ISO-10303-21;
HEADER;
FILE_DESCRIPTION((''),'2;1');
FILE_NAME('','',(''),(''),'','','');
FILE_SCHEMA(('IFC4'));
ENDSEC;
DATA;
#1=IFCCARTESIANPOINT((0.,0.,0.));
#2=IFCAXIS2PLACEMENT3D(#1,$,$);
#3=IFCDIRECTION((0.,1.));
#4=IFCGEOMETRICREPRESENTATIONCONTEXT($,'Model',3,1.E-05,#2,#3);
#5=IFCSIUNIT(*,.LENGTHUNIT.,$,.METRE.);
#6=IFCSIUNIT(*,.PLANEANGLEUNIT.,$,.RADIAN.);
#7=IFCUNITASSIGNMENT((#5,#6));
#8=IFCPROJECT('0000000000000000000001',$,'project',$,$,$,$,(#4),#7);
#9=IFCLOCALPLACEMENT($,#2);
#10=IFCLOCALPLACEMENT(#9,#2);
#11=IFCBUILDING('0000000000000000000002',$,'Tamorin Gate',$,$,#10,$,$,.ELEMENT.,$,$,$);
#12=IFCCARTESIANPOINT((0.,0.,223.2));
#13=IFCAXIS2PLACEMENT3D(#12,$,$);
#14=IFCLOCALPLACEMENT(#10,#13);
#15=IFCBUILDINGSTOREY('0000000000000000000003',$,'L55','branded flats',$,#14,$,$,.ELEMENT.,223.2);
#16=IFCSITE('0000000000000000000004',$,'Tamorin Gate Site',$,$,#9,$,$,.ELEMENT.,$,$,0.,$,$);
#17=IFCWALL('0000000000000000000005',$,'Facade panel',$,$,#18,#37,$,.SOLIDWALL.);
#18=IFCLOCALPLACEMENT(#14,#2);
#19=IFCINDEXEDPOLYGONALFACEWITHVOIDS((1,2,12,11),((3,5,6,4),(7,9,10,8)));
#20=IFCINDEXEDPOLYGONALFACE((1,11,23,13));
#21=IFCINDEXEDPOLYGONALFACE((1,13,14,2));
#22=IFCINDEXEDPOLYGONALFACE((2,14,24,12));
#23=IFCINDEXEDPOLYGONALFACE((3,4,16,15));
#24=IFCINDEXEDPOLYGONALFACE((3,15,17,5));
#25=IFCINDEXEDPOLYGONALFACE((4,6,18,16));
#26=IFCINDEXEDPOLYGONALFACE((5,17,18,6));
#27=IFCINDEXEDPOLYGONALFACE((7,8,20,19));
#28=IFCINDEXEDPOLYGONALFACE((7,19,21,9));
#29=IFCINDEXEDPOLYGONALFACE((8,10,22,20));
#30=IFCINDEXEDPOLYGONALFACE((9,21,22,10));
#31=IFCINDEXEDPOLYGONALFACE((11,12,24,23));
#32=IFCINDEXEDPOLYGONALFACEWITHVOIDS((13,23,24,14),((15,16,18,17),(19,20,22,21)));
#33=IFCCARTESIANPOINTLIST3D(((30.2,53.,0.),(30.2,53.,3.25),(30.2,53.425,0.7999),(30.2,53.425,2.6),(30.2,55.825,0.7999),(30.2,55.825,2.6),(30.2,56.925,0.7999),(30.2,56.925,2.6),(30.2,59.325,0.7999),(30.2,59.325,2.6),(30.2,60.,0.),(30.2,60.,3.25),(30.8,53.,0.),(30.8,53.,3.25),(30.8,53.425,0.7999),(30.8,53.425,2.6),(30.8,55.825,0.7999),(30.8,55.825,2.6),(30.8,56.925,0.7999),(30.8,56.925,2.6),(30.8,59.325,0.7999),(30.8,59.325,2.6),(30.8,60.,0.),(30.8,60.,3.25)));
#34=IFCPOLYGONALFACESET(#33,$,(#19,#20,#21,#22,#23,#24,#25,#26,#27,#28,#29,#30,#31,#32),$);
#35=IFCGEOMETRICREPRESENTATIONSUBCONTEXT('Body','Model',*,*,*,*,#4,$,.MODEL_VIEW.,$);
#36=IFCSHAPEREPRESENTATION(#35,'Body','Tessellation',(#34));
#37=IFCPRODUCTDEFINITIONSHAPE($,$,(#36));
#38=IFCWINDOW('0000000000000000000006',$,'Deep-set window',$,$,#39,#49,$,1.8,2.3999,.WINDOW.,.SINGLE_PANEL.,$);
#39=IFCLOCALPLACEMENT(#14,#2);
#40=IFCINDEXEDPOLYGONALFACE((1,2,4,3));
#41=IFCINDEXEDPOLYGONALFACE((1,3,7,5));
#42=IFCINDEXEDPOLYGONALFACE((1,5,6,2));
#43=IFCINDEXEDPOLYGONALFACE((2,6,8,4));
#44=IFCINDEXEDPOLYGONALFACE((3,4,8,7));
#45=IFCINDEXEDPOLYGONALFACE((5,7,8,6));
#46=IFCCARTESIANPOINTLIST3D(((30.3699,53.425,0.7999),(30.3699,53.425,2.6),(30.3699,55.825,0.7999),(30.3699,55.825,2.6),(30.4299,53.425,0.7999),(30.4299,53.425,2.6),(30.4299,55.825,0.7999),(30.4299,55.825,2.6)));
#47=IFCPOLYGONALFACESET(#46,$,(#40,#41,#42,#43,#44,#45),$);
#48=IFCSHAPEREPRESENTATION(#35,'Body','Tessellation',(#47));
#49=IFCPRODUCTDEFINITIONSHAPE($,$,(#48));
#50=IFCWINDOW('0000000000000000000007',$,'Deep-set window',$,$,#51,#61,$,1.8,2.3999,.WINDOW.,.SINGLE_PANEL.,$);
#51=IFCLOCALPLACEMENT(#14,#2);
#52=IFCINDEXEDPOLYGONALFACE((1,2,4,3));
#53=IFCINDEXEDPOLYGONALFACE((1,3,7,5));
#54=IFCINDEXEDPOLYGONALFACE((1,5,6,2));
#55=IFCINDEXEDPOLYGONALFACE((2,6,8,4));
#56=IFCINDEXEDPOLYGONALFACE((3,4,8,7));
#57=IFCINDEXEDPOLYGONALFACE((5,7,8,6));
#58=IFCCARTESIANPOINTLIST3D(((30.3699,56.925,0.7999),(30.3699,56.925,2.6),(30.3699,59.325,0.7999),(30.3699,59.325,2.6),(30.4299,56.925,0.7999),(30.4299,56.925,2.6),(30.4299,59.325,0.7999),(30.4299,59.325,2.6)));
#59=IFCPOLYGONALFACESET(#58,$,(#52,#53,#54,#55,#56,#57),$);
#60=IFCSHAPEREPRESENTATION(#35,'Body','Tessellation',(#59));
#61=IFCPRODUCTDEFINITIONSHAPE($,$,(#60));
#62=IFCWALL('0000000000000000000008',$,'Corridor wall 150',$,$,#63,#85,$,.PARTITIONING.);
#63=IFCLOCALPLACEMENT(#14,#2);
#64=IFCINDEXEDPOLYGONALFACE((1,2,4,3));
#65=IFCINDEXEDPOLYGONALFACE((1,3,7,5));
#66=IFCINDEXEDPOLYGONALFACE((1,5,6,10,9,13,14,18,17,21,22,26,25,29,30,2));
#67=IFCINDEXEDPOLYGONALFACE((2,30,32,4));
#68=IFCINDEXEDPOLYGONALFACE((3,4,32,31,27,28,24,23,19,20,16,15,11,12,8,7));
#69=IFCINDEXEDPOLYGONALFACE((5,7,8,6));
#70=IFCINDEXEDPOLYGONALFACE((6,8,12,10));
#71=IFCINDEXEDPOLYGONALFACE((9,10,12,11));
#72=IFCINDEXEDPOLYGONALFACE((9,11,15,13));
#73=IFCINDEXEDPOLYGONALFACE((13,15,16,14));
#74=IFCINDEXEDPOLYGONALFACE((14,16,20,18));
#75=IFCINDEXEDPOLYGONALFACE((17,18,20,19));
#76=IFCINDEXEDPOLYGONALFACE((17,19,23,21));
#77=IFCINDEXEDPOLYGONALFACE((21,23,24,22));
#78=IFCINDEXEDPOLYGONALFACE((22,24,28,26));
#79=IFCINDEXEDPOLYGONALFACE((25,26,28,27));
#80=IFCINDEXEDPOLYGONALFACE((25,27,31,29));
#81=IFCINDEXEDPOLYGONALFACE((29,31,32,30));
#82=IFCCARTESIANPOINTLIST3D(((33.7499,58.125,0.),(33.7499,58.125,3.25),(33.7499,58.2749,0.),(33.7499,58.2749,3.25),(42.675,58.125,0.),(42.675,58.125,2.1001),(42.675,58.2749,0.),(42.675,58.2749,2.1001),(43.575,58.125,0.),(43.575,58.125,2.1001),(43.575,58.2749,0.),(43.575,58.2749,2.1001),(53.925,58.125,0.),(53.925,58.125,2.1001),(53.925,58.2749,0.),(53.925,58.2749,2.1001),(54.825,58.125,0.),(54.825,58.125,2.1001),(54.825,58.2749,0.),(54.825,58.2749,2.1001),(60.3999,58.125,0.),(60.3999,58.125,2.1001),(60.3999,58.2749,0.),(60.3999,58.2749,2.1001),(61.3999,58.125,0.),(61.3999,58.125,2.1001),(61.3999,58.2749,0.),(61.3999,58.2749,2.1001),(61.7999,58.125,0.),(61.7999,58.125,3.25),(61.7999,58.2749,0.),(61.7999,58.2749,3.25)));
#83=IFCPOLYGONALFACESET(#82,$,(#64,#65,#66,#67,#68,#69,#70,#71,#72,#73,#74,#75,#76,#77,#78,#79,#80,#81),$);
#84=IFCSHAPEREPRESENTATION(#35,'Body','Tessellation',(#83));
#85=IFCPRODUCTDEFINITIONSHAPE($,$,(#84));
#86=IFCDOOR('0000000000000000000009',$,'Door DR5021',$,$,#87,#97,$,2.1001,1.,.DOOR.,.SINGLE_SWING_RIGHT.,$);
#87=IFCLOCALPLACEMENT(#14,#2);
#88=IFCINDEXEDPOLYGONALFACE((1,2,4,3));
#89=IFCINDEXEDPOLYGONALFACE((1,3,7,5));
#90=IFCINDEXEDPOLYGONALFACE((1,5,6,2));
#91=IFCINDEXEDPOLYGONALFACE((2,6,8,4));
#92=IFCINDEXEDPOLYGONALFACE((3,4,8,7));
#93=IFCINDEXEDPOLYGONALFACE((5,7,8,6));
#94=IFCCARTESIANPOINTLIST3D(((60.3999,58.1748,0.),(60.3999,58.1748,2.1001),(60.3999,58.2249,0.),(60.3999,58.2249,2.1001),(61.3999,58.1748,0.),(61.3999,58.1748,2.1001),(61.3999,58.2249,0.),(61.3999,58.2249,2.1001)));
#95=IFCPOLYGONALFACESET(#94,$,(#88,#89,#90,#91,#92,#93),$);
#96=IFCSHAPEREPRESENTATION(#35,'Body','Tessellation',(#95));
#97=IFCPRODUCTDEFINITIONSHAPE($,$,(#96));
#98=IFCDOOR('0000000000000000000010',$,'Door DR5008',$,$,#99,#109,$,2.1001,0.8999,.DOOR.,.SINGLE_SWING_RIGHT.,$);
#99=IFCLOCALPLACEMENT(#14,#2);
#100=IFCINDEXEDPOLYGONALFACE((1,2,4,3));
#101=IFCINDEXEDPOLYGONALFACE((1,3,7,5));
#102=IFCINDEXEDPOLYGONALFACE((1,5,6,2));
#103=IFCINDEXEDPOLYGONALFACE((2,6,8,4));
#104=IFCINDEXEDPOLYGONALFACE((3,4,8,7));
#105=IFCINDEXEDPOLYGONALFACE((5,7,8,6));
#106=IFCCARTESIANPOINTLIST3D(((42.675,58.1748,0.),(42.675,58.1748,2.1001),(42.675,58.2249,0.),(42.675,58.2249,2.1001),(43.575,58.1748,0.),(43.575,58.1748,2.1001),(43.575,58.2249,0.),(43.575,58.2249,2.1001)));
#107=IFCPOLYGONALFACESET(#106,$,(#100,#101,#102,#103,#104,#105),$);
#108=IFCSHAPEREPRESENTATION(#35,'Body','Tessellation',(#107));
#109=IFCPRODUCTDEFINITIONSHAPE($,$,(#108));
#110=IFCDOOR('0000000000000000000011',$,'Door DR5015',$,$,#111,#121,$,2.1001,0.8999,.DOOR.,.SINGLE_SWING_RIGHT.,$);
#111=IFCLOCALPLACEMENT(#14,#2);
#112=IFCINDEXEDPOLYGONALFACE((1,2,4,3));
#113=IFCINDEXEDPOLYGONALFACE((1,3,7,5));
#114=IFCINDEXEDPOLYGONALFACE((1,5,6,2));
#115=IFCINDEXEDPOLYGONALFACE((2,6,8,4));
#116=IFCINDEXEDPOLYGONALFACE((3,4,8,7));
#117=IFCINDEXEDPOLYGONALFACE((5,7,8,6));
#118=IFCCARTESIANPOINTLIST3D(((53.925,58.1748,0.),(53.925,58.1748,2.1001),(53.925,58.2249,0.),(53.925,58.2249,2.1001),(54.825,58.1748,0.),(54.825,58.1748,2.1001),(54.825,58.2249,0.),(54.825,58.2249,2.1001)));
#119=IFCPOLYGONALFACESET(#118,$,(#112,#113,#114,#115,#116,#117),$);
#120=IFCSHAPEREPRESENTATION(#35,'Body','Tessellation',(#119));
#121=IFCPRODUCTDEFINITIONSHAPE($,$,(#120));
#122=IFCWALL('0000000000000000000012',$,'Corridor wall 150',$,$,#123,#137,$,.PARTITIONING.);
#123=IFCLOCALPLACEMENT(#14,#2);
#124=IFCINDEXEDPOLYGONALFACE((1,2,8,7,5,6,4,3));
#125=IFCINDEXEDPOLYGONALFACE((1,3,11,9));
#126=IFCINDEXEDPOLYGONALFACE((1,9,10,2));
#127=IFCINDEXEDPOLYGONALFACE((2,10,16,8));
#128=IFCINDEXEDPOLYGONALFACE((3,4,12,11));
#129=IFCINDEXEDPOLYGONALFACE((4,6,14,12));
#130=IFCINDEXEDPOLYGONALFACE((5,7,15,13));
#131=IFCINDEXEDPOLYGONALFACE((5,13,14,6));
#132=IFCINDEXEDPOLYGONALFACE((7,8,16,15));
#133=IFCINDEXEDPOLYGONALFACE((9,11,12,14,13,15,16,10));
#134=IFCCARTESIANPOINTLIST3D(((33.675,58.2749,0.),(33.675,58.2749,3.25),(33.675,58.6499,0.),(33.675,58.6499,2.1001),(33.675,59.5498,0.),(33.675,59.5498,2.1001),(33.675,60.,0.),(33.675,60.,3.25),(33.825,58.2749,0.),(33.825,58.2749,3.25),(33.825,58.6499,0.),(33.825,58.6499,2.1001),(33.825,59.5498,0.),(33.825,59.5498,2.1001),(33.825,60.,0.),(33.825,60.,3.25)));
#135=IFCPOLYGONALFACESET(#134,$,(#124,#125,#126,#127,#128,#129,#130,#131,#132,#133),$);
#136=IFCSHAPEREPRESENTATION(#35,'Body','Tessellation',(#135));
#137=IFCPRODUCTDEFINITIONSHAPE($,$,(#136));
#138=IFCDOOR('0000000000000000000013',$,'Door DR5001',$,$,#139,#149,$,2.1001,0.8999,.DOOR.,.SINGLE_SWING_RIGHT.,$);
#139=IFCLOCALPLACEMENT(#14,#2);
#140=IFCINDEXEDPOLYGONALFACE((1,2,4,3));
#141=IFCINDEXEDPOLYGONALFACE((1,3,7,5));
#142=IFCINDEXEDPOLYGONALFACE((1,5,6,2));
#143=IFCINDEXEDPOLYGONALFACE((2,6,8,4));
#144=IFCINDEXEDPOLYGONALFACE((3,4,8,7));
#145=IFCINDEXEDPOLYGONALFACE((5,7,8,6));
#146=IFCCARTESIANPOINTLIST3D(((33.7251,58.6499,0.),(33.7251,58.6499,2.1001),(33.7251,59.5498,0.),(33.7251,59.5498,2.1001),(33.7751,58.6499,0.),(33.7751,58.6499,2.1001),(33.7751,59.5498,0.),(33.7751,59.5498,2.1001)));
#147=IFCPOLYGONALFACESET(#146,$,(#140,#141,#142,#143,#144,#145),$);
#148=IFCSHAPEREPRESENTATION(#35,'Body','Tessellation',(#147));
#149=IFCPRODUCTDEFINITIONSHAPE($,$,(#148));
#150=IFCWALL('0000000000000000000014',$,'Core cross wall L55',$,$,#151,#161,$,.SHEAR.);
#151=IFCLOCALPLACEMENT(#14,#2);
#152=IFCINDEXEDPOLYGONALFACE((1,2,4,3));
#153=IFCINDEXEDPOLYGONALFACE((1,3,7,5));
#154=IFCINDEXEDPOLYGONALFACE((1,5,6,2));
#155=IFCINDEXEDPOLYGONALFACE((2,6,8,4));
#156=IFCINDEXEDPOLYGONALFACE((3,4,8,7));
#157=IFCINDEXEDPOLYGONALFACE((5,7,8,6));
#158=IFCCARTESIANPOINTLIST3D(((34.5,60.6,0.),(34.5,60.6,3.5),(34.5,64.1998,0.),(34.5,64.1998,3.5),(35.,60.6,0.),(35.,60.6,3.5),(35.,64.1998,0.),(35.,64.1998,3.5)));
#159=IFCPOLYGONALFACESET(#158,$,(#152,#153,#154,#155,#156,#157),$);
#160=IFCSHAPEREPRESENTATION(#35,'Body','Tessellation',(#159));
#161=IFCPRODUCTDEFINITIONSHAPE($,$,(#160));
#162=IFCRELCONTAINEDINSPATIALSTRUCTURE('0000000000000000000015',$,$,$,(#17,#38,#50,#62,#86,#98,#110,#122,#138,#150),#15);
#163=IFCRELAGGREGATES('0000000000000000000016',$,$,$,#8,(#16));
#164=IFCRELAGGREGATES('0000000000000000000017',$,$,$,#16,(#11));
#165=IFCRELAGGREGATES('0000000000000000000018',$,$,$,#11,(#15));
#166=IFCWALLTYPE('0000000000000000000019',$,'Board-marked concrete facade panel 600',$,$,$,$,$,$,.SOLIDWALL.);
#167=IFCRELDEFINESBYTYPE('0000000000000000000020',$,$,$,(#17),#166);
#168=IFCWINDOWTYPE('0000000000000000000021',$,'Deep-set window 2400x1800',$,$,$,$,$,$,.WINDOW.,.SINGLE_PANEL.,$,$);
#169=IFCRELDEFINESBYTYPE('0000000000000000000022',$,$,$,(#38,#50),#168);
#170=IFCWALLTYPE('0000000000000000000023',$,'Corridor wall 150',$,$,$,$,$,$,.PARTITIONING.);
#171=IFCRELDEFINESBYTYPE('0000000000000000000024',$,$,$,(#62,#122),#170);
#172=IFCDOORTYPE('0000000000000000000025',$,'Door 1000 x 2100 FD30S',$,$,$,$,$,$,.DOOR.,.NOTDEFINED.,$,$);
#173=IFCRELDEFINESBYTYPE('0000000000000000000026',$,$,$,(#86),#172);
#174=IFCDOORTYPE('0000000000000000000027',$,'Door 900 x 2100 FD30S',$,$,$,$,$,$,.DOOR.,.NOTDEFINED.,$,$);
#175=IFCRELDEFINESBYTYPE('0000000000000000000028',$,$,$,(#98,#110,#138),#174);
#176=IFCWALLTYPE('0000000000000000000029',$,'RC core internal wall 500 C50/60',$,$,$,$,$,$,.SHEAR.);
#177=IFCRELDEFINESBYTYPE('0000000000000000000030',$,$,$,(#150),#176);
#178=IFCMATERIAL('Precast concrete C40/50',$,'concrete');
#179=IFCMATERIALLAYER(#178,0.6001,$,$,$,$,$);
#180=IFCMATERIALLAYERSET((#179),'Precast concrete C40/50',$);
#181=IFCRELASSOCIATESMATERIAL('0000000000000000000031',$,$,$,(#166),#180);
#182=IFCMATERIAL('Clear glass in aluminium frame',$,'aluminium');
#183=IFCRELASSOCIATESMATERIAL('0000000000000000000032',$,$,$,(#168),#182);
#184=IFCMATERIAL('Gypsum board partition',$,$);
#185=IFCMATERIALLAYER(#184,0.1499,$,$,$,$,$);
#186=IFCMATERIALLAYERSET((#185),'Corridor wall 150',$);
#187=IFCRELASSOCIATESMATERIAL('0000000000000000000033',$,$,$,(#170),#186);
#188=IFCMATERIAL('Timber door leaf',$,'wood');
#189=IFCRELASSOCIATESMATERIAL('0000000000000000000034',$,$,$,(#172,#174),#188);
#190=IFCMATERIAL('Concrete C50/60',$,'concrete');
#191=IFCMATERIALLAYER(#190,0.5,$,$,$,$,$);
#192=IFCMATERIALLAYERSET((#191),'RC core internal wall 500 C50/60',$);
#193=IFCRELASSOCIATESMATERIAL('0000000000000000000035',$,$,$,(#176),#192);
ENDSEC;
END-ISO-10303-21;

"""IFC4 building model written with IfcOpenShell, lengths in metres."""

from ifc_helpers import new_model, si_unit, direction, frame, frame_2d, origin, place, context, subcontext, project, spatial, rectangle, extrude, material, layer, layer_set, type_object, element, fill, save


model = new_model("IFC4")

# Units and contexts
model_context = context("Model", 3, precision=1e-05, world=origin(), true_north=direction((0.0, 1.0)))
body_context = subcontext(model_context, "Body", "Model", "MODEL_VIEW")
ifc_project = project(units=[si_unit("LENGTHUNIT", "METRE"), si_unit("PLANEANGLEUNIT", "RADIAN")], contexts=[model_context])

# Site, building, storey
site_placement = place(None, origin())
site = spatial("IfcSite", under=ifc_project, at=site_placement, Name="Tamorin Gate Site", CompositionType="ELEMENT", RefElevation=0.0)
building_placement = place(site_placement, origin())
building = spatial("IfcBuilding", under=site, at=building_placement, Name="Tamorin Gate", CompositionType="ELEMENT")
storey_placement = place(building_placement, frame((0.0, 0.0, 223.2)))
storey = spatial("IfcBuildingStorey", under=building, at=storey_placement, Name="L55", Description="branded flats", CompositionType="ELEMENT", Elevation=223.2)

# Wall, openings, windows
ifc_material_1 = material(Name="Precast concrete C40/50", Category="concrete")
ifc_layer_1 = layer(ifc_material_1, 0.6001)
ifc_layer_set_1 = layer_set([ifc_layer_1], Name="Precast concrete C40/50")
wall_type_1 = type_object("IfcWallType", Name="Board-marked concrete facade panel 600", PredefinedType="SOLIDWALL", material=ifc_layer_set_1)
wall_1_placement = place(storey_placement, frame((30.5, 60.0, 0.0), z_axis=(0.0, 0.0, 1.0), x_axis=(0.0, -1.0, 0.0)))
wall_1 = element("IfcWall", 1, at=wall_1_placement, inside=storey, type_object=wall_type_1, Name="Facade panel", PredefinedType="SOLIDWALL", context=body_context, shape_type="SweptSolid", body=[
    extrude(rectangle(XDim=7.0, YDim=0.6001, at=frame_2d((3.5, 0.0))), origin(), (0.0, 0.0, 1.0), 3.25),
])
opening_1_placement = place(wall_1_placement, frame((4.175, 0.0, 0.8)))
opening_1 = element("IfcOpeningElement", 2, at=opening_1_placement, cuts=wall_1, PredefinedType="OPENING", context=body_context, shape_type="SweptSolid", body=[
    extrude(rectangle(XDim=2.3999, YDim=1.8, at=frame_2d((1.2, 0.8999))), frame((0.0, 0.3101, 0.0), z_axis=(0.0, -1.0, 0.0), x_axis=(1.0, 0.0, 0.0)), (0.0, 0.0, 1.0), 0.6201),
])
opening_2_placement = place(wall_1_placement, frame((0.675, 0.0, 0.8)))
opening_2 = element("IfcOpeningElement", 3, at=opening_2_placement, cuts=wall_1, PredefinedType="OPENING", context=body_context, shape_type="SweptSolid", body=[
    extrude(rectangle(XDim=2.3999, YDim=1.8, at=frame_2d((1.2, 0.8999))), frame((0.0, 0.3101, 0.0), z_axis=(0.0, -1.0, 0.0), x_axis=(1.0, 0.0, 0.0)), (0.0, 0.0, 1.0), 0.6201),
])
ifc_material_2 = material(Name="Clear glass in aluminium frame", Category="aluminium")
window_type = type_object("IfcWindowType", Name="Deep-set window 2400x1800", PartitioningType="SINGLE_PANEL", PredefinedType="WINDOW", material=ifc_material_2)
window_1_placement = place(opening_1_placement, origin())
window_1 = element("IfcWindow", 4, at=window_1_placement, inside=storey, type_object=window_type, Name="Deep-set window", OverallHeight=1.8, OverallWidth=2.3999, PartitioningType="SINGLE_PANEL", PredefinedType="WINDOW", context=body_context, shape_type="SweptSolid", body=[
    extrude(rectangle(XDim=2.3999, YDim=1.8, at=frame_2d((1.2, 0.8999))), frame((0.0, -0.0701, 0.0), z_axis=(0.0, -1.0, 0.0), x_axis=(1.0, 0.0, 0.0)), (0.0, 0.0, 1.0), 0.0601),
])
fill(opening_1, window_1)
window_2_placement = place(opening_2_placement, origin())
window_2 = element("IfcWindow", 5, at=window_2_placement, inside=storey, type_object=window_type, Name="Deep-set window", OverallHeight=1.8, OverallWidth=2.3999, PartitioningType="SINGLE_PANEL", PredefinedType="WINDOW", context=body_context, shape_type="SweptSolid", body=[
    extrude(rectangle(XDim=2.3999, YDim=1.8, at=frame_2d((1.2, 0.8999))), frame((0.0, -0.0701, 0.0), z_axis=(0.0, -1.0, 0.0), x_axis=(1.0, 0.0, 0.0)), (0.0, 0.0, 1.0), 0.0601),
])
fill(opening_2, window_2)

# Wall, openings, doors
ifc_material_3 = material(Name="Gypsum board partition")
ifc_layer_2 = layer(ifc_material_3, 0.1499)
ifc_layer_set_2 = layer_set([ifc_layer_2], Name="Corridor wall 150")
wall_type_2 = type_object("IfcWallType", Name="Corridor wall 150", PredefinedType="PARTITIONING", material=ifc_layer_set_2)
wall_2_placement = place(storey_placement, frame((33.75, 58.2, 0.0), z_axis=(0.0, 0.0, 1.0), x_axis=(1.0, 0.0, 0.0)))
wall_2 = element("IfcWall", 6, at=wall_2_placement, inside=storey, type_object=wall_type_2, Name="Corridor wall 150", PredefinedType="PARTITIONING", context=body_context, shape_type="SweptSolid", body=[
    extrude(rectangle(XDim=28.05, YDim=0.1499, at=frame_2d((14.0249, 0.0))), origin(), (0.0, 0.0, 1.0), 3.25),
])
opening_3_placement = place(wall_2_placement, frame((8.925, 0.0, 0.0)))
opening_3 = element("IfcOpeningElement", 7, at=opening_3_placement, cuts=wall_2, PredefinedType="OPENING", context=body_context, shape_type="SweptSolid", body=[
    extrude(rectangle(XDim=0.8999, YDim=2.1001, at=frame_2d((0.45, 1.05))), frame((0.0, 0.085, 0.0), z_axis=(0.0, -1.0, 0.0), x_axis=(1.0, 0.0, 0.0)), (0.0, 0.0, 1.0), 0.1699),
])
opening_4_placement = place(wall_2_placement, frame((20.175, 0.0, 0.0)))
opening_4 = element("IfcOpeningElement", 8, at=opening_4_placement, cuts=wall_2, PredefinedType="OPENING", context=body_context, shape_type="SweptSolid", body=[
    extrude(rectangle(XDim=0.8999, YDim=2.1001, at=frame_2d((0.45, 1.05))), frame((0.0, 0.085, 0.0), z_axis=(0.0, -1.0, 0.0), x_axis=(1.0, 0.0, 0.0)), (0.0, 0.0, 1.0), 0.1699),
])
opening_5_placement = place(wall_2_placement, frame((26.6499, 0.0, 0.0)))
opening_5 = element("IfcOpeningElement", 9, at=opening_5_placement, cuts=wall_2, PredefinedType="OPENING", context=body_context, shape_type="SweptSolid", body=[
    extrude(rectangle(XDim=1.0, YDim=2.1001, at=frame_2d((0.5, 1.05))), frame((0.0, 0.085, 0.0), z_axis=(0.0, -1.0, 0.0), x_axis=(1.0, 0.0, 0.0)), (0.0, 0.0, 1.0), 0.1699),
])
ifc_material_4 = material(Name="Timber door leaf", Category="wood")
door_type_1 = type_object("IfcDoorType", Name="Door 1000 x 2100 FD30S", OperationType="NOTDEFINED", PredefinedType="DOOR", material=ifc_material_4)
door_1_placement = place(opening_5_placement, origin())
door_1 = element("IfcDoor", 10, at=door_1_placement, inside=storey, type_object=door_type_1, Name="Door DR5021", OperationType="SINGLE_SWING_RIGHT", OverallHeight=2.1001, OverallWidth=1.0, PredefinedType="DOOR", context=body_context, shape_type="SweptSolid", body=[
    extrude(rectangle(XDim=1.0, YDim=2.1001, at=frame_2d((0.5, 1.05))), frame((0.0, 0.0249, 0.0), z_axis=(0.0, -1.0, 0.0), x_axis=(1.0, 0.0, 0.0)), (0.0, 0.0, 1.0), 0.05),
])
fill(opening_5, door_1)
door_type_2 = type_object("IfcDoorType", Name="Door 900 x 2100 FD30S", OperationType="NOTDEFINED", PredefinedType="DOOR", material=ifc_material_4)
door_2_placement = place(opening_3_placement, origin())
door_2 = element("IfcDoor", 11, at=door_2_placement, inside=storey, type_object=door_type_2, Name="Door DR5008", OperationType="SINGLE_SWING_RIGHT", OverallHeight=2.1001, OverallWidth=0.8999, PredefinedType="DOOR", context=body_context, shape_type="SweptSolid", body=[
    extrude(rectangle(XDim=0.8999, YDim=2.1001, at=frame_2d((0.45, 1.05))), frame((0.0, 0.0249, 0.0), z_axis=(0.0, -1.0, 0.0), x_axis=(1.0, 0.0, 0.0)), (0.0, 0.0, 1.0), 0.05),
])
fill(opening_3, door_2)
door_3_placement = place(opening_4_placement, origin())
door_3 = element("IfcDoor", 12, at=door_3_placement, inside=storey, type_object=door_type_2, Name="Door DR5015", OperationType="SINGLE_SWING_RIGHT", OverallHeight=2.1001, OverallWidth=0.8999, PredefinedType="DOOR", context=body_context, shape_type="SweptSolid", body=[
    extrude(rectangle(XDim=0.8999, YDim=2.1001, at=frame_2d((0.45, 1.05))), frame((0.0, 0.0249, 0.0), z_axis=(0.0, -1.0, 0.0), x_axis=(1.0, 0.0, 0.0)), (0.0, 0.0, 1.0), 0.05),
])
fill(opening_4, door_3)

# Wall, opening, door
wall_3_placement = place(storey_placement, frame((33.75, 58.2749, 0.0), z_axis=(0.0, 0.0, 1.0), x_axis=(0.0, 1.0, 0.0)))
wall_3 = element("IfcWall", 13, at=wall_3_placement, inside=storey, type_object=wall_type_2, Name="Corridor wall 150", PredefinedType="PARTITIONING", context=body_context, shape_type="SweptSolid", body=[
    extrude(rectangle(XDim=1.7251, YDim=0.1499, at=frame_2d((0.8625, 0.0))), origin(), (0.0, 0.0, 1.0), 3.25),
])
opening_6_placement = place(wall_3_placement, frame((0.375, 0.0, 0.0)))
opening_6 = element("IfcOpeningElement", 14, at=opening_6_placement, cuts=wall_3, PredefinedType="OPENING", context=body_context, shape_type="SweptSolid", body=[
    extrude(rectangle(XDim=0.8999, YDim=2.1001, at=frame_2d((0.45, 1.05))), frame((0.0, 0.085, 0.0), z_axis=(0.0, -1.0, 0.0), x_axis=(1.0, 0.0, 0.0)), (0.0, 0.0, 1.0), 0.1699),
])
door_4_placement = place(opening_6_placement, origin())
door_4 = element("IfcDoor", 15, at=door_4_placement, inside=storey, type_object=door_type_2, Name="Door DR5001", OperationType="SINGLE_SWING_RIGHT", OverallHeight=2.1001, OverallWidth=0.8999, PredefinedType="DOOR", context=body_context, shape_type="SweptSolid", body=[
    extrude(rectangle(XDim=0.8999, YDim=2.1001, at=frame_2d((0.45, 1.05))), frame((0.0, 0.0249, 0.0), z_axis=(0.0, -1.0, 0.0), x_axis=(1.0, 0.0, 0.0)), (0.0, 0.0, 1.0), 0.05),
])
fill(opening_6, door_4)

# Wall
ifc_material_5 = material(Name="Concrete C50/60", Category="concrete")
ifc_layer_3 = layer(ifc_material_5, 0.5)
ifc_layer_set_3 = layer_set([ifc_layer_3], Name="RC core internal wall 500 C50/60")
wall_type_3 = type_object("IfcWallType", Name="RC core internal wall 500 C50/60", PredefinedType="SHEAR", material=ifc_layer_set_3)
wall_4_placement = place(storey_placement, frame((34.75, 60.6001, 0.0), z_axis=(0.0, 0.0, 1.0), x_axis=(0.0, 1.0, 0.0)))
element("IfcWall", 16, at=wall_4_placement, inside=storey, type_object=wall_type_3, Name="Core cross wall L55", PredefinedType="SHEAR", context=body_context, shape_type="SweptSolid", body=[
    extrude(rectangle(XDim=3.5999, YDim=0.5, at=frame_2d((1.7998, 0.0))), origin(), (0.0, 0.0, 1.0), 3.5),
])

save(model, "model.ifc")
